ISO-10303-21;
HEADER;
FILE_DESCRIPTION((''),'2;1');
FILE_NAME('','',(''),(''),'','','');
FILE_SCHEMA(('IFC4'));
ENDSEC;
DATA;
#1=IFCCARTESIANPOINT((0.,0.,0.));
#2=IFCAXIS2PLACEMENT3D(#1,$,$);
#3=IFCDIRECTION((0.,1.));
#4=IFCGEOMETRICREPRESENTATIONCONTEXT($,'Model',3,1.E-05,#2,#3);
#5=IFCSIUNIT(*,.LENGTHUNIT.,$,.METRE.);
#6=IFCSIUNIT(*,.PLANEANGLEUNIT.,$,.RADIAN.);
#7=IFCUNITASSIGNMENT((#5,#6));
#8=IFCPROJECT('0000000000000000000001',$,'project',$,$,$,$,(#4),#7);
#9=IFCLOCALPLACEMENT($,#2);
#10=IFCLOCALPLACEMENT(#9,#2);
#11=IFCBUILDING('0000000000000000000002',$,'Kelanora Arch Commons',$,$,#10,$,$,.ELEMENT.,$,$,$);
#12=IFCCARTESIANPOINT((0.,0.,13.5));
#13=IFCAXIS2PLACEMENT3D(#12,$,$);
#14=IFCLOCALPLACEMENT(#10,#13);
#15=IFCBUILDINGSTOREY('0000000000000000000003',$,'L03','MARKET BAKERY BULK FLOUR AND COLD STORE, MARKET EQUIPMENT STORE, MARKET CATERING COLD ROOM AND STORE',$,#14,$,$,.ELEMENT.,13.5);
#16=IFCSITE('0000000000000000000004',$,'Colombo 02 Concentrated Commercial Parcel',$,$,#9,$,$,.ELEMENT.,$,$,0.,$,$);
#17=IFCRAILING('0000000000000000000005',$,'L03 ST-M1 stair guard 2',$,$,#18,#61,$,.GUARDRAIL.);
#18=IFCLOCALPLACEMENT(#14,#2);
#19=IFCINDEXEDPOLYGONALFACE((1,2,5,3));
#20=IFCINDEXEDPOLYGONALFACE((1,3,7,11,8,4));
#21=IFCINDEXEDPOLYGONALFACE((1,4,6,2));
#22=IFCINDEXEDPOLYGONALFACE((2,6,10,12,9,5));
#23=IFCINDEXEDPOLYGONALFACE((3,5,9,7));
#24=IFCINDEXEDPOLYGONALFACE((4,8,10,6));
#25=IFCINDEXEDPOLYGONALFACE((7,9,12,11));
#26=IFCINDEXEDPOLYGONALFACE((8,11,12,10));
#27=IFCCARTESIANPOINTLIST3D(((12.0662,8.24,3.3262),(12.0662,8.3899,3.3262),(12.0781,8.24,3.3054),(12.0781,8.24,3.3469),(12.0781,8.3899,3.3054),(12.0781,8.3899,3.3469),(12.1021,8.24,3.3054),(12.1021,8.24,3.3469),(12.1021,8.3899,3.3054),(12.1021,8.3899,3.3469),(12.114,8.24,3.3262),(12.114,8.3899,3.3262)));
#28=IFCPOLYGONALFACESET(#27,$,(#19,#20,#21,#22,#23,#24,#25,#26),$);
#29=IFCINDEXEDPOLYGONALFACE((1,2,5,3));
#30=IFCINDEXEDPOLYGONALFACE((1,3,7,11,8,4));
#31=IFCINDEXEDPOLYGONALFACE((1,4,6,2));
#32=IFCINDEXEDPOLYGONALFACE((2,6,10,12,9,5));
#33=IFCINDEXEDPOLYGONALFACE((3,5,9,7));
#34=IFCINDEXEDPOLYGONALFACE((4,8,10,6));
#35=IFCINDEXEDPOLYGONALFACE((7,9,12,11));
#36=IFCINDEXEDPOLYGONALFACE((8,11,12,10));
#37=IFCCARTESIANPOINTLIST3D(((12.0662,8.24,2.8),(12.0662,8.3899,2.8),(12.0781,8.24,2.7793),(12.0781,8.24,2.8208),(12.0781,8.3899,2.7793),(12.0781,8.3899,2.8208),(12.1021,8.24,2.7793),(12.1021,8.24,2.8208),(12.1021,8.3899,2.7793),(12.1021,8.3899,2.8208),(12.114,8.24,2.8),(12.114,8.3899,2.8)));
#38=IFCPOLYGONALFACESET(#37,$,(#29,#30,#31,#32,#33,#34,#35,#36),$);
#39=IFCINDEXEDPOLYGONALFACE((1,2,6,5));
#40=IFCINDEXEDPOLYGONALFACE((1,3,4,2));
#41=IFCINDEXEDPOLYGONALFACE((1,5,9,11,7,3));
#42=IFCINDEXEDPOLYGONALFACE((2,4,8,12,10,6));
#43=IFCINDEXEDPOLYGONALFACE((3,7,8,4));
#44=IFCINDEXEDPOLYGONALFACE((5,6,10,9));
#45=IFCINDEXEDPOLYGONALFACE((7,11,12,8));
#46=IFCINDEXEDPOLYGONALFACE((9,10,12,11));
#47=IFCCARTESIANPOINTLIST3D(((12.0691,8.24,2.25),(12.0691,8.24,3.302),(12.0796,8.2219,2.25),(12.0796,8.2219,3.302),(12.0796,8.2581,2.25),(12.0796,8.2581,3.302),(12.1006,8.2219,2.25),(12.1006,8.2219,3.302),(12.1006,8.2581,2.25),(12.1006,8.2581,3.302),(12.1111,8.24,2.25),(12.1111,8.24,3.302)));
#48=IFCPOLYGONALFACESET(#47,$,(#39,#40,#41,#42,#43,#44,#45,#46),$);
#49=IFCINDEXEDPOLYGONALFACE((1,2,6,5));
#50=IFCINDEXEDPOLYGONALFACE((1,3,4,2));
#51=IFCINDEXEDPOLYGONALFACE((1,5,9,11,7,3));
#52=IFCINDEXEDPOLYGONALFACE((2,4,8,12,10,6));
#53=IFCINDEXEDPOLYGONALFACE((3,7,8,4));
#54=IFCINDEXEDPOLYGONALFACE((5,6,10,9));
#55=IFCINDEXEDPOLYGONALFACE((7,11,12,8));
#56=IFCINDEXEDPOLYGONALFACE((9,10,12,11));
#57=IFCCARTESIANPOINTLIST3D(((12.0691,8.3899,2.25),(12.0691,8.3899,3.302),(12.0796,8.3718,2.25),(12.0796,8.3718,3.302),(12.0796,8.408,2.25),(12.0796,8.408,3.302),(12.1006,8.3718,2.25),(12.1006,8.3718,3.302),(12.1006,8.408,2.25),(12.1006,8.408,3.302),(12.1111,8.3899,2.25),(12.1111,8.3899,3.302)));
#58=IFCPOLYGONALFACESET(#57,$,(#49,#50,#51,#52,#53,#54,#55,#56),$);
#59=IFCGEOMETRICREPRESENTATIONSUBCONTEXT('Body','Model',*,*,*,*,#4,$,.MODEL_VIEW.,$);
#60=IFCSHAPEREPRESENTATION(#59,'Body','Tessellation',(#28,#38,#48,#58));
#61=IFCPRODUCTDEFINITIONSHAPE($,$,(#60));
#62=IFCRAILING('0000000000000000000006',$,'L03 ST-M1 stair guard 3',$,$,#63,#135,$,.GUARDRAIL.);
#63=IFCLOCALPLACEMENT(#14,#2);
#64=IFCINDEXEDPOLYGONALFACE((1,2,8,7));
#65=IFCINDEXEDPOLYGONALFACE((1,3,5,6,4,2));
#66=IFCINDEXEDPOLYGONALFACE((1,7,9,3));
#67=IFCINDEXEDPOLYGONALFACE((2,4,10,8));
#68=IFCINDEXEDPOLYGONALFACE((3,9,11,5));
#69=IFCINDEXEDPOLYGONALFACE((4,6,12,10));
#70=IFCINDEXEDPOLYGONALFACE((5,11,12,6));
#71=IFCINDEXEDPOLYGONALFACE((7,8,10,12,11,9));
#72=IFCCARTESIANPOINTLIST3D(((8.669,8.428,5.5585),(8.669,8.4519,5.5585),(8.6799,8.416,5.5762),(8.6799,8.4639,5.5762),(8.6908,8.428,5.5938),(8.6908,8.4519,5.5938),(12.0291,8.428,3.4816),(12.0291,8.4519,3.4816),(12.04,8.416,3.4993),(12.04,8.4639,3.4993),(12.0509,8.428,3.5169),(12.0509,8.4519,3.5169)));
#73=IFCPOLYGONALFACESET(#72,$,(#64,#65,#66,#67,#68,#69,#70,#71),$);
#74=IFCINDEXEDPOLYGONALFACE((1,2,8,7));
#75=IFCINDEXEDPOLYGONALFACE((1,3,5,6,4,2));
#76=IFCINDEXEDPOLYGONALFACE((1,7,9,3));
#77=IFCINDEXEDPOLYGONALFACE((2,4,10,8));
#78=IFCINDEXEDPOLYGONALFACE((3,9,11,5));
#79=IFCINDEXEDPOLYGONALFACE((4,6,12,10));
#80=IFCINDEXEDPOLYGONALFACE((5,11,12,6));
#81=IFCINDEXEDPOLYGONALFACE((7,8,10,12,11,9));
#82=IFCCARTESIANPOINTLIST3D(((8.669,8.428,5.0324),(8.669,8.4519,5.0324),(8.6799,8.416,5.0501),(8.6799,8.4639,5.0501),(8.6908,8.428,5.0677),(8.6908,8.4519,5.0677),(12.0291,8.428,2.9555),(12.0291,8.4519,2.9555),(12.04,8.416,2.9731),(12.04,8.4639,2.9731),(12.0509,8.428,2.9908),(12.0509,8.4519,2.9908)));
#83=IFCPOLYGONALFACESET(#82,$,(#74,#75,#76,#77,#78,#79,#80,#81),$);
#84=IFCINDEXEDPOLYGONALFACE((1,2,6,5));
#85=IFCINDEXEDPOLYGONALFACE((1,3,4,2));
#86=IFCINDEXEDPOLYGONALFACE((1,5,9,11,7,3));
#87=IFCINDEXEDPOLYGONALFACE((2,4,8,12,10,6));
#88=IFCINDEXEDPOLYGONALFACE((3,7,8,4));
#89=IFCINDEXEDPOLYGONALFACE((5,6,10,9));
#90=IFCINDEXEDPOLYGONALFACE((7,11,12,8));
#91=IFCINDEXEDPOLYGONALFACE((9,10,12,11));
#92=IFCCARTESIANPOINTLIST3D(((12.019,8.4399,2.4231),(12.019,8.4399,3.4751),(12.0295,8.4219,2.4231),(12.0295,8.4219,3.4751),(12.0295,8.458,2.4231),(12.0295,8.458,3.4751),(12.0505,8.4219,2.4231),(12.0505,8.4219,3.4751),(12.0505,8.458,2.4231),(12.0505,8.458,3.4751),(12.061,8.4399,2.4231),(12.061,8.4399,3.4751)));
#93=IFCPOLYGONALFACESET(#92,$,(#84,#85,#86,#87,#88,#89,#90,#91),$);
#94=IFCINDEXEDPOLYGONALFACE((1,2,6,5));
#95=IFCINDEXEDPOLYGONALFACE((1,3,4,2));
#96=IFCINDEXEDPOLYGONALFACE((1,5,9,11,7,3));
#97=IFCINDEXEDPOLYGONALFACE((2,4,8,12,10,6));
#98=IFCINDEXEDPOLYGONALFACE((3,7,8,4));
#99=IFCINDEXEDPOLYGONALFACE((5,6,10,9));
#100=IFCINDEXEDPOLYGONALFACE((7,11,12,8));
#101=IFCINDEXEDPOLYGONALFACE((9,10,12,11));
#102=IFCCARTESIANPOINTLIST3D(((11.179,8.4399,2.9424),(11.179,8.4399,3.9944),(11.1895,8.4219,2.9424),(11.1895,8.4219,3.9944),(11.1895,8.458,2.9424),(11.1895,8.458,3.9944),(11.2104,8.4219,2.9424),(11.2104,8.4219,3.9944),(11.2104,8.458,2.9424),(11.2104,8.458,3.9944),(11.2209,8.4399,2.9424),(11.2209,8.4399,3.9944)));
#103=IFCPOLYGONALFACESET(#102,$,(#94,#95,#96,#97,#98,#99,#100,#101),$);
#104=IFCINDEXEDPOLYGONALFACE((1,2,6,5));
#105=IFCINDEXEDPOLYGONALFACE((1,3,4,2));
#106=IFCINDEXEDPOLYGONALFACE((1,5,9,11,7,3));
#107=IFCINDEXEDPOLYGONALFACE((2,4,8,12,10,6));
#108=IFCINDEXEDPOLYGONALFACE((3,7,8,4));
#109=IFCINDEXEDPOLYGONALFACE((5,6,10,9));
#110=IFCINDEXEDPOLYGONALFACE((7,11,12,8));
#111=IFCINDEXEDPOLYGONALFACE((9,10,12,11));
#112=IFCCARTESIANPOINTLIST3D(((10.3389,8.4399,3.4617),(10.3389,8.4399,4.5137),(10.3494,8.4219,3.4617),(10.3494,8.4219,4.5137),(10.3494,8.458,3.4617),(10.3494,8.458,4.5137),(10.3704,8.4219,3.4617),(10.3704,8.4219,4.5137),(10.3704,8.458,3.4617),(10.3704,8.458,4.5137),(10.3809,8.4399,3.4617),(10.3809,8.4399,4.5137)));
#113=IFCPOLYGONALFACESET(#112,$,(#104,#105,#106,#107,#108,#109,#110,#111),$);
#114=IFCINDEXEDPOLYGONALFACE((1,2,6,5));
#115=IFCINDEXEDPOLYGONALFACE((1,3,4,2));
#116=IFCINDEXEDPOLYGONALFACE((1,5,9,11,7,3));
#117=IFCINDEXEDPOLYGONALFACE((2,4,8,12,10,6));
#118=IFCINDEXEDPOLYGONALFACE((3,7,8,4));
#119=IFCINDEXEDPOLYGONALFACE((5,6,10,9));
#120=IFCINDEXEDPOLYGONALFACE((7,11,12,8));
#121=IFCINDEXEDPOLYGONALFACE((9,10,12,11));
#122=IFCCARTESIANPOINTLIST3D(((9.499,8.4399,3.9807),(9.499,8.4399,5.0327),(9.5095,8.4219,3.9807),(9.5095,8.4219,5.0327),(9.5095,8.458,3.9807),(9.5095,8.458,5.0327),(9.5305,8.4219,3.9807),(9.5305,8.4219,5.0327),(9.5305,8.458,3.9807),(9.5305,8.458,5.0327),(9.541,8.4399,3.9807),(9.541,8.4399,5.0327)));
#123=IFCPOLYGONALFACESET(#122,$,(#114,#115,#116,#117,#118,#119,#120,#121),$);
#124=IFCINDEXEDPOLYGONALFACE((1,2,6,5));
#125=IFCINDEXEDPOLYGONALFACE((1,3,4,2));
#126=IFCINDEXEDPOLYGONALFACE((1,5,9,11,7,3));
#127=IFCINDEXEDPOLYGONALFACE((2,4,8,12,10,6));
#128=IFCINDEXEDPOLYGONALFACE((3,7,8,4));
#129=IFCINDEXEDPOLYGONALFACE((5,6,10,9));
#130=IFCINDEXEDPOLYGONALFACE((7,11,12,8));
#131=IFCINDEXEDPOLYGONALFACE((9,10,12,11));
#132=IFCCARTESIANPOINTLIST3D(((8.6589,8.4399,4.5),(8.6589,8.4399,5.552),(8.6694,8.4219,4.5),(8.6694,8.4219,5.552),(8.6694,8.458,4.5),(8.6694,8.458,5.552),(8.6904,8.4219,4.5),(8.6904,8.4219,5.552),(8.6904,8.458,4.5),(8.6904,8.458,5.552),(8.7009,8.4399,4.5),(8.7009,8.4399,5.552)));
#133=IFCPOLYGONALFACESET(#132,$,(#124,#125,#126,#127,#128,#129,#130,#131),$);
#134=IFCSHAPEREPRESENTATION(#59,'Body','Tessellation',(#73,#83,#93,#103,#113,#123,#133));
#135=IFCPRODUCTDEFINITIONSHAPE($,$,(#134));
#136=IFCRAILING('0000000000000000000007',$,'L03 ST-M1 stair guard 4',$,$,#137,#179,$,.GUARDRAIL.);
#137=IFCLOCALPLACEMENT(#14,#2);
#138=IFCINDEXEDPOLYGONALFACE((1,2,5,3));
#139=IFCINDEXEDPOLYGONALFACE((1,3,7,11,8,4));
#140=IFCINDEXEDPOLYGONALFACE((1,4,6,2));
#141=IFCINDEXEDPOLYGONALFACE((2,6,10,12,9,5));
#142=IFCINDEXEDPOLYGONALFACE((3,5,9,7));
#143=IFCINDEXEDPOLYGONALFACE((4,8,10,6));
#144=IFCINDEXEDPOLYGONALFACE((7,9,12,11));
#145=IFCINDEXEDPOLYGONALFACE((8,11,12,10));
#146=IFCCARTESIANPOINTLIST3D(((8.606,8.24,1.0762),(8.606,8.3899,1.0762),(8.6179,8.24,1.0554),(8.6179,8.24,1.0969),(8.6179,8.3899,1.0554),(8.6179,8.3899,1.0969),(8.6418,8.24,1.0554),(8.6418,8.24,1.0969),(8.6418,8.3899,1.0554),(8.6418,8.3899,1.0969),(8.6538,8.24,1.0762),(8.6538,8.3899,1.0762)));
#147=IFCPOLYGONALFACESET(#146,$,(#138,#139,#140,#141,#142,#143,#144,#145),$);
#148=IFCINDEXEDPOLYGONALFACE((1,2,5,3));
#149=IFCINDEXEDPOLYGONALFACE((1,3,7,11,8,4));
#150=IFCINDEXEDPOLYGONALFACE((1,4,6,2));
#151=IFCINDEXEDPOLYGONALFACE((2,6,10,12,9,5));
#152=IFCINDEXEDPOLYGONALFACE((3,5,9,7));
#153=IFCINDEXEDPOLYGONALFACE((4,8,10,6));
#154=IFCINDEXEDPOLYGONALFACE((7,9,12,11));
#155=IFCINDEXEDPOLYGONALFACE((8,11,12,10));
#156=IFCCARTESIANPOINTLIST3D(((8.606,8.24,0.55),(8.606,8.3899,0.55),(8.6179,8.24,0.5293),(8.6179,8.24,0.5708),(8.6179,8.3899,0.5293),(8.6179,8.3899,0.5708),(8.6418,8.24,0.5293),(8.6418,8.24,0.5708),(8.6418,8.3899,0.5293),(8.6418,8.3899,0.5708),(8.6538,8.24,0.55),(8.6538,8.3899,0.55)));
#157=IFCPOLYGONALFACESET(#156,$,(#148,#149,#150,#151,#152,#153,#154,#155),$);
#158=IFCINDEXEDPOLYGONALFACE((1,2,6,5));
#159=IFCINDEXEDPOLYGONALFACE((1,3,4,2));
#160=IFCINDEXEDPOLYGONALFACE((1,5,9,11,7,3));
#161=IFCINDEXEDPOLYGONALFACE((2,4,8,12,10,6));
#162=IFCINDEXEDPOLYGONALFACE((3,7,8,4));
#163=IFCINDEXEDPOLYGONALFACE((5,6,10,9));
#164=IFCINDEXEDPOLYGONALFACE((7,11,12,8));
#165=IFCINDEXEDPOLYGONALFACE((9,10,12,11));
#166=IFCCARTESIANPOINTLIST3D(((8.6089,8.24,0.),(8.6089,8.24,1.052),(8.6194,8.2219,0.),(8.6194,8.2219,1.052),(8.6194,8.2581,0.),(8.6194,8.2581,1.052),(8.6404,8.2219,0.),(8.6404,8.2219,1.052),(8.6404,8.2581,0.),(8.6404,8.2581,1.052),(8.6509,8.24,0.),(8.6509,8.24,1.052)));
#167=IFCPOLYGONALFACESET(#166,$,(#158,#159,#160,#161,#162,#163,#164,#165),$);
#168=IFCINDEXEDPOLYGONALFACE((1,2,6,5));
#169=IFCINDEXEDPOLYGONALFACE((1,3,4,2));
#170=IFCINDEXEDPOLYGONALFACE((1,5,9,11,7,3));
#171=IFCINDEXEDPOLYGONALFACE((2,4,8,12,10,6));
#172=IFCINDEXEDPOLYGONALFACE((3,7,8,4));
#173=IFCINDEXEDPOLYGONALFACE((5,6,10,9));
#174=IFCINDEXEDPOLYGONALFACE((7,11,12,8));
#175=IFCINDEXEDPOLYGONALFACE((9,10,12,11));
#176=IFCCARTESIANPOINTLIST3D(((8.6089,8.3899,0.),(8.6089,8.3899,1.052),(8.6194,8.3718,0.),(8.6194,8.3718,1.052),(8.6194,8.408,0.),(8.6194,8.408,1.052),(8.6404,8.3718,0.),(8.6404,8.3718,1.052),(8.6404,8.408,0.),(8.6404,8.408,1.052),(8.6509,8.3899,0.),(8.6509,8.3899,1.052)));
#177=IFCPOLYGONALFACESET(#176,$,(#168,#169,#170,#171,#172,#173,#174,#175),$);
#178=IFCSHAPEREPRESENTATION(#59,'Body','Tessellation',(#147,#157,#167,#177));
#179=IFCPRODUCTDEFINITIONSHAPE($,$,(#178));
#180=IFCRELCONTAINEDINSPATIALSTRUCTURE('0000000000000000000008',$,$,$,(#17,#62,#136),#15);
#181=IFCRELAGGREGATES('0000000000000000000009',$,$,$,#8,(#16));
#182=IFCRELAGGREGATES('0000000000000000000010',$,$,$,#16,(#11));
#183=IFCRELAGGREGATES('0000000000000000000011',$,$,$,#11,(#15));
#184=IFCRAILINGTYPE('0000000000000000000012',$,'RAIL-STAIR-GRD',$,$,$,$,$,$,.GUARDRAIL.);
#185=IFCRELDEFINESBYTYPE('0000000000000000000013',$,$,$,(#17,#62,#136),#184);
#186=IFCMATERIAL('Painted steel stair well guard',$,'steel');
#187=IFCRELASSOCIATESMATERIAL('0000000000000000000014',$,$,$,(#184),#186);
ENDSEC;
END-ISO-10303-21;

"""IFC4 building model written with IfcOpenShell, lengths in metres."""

from ifc_helpers import new_model, si_unit, direction, frame, origin, place, context, subcontext, project, spatial, polyline, outline, extrude, material, type_object, element, save


model = new_model("IFC4")

# Units and contexts
model_context = context("Model", 3, precision=1e-05, world=origin(), true_north=direction((0.0, 1.0)))
body_context = subcontext(model_context, "Body", "Model", "MODEL_VIEW")
ifc_project = project(units=[si_unit("LENGTHUNIT", "METRE"), si_unit("PLANEANGLEUNIT", "RADIAN")], contexts=[model_context])

# Site, building, storey
site_placement = place(None, origin())
site = spatial("IfcSite", under=ifc_project, at=site_placement, Name="Colombo 02 Concentrated Commercial Parcel", CompositionType="ELEMENT", RefElevation=0.0)
building_placement = place(site_placement, origin())
building = spatial("IfcBuilding", under=site, at=building_placement, Name="Kelanora Arch Commons", CompositionType="ELEMENT")
storey_placement = place(building_placement, frame((0.0, 0.0, 13.5)))
storey = spatial("IfcBuildingStorey", under=building, at=storey_placement, Name="L03", Description="MARKET BAKERY BULK FLOUR AND COLD STORE, MARKET EQUIPMENT STORE, MARKET CATERING COLD ROOM AND STORE", CompositionType="ELEMENT", Elevation=13.5)

# Railings
ifc_material_1 = material(Name="Painted steel stair well guard", Category="steel")
railing_type_1 = type_object("IfcRailingType", Name="RAIL-STAIR-GRD", PredefinedType="GUARDRAIL", material=ifc_material_1)
railing_1_placement = place(storey_placement, frame((12.0901, 8.24, 2.25)))
element("IfcRailing", 1, at=railing_1_placement, inside=storey, type_object=railing_type_1, Name="L03 ST-M1 stair guard 2", PredefinedType="GUARDRAIL", context=body_context, shape_type="SweptSolid", body=[
    extrude(outline(polyline([(0.0239, 0.0), (0.012, 0.0208), (-0.012, 0.0208), (-0.0239, 0.0), (-0.012, -0.0208), (0.012, -0.0208), (0.0239, 0.0)])), frame((0.0, 0.0, 1.0762), z_axis=(0.0, 1.0, 0.0), x_axis=(-1.0, 0.0, 0.0)), (0.0, 0.0, 1.0), 0.1499),
    extrude(outline(polyline([(0.0239, 0.0), (0.012, 0.0208), (-0.012, 0.0208), (-0.0239, 0.0), (-0.012, -0.0208), (0.012, -0.0208), (0.0239, 0.0)])), frame((0.0, 0.0, 0.55), z_axis=(0.0, 1.0, 0.0), x_axis=(-1.0, 0.0, 0.0)), (0.0, 0.0, 1.0), 0.1499),
    extrude(outline(polyline([(0.021, 0.0), (0.0105, 0.0181), (-0.0105, 0.0181), (-0.021, 0.0), (-0.0105, -0.0181), (0.0105, -0.0181), (0.021, 0.0)])), origin(), (0.0, 0.0, 1.0), 1.052),
    extrude(outline(polyline([(0.021, 0.0), (0.0105, 0.0181), (-0.0105, 0.0181), (-0.021, 0.0), (-0.0105, -0.0181), (0.0105, -0.0181), (0.021, 0.0)])), frame((0.0, 0.1499, 0.0)), (0.0, 0.0, 1.0), 1.052),
])
railing_2_placement = place(storey_placement, frame((12.04, 8.4399, 2.4231)))
element("IfcRailing", 2, at=railing_2_placement, inside=storey, type_object=railing_type_1, Name="L03 ST-M1 stair guard 3", PredefinedType="GUARDRAIL", context=body_context, shape_type="SweptSolid", body=[
    extrude(outline(polyline([(0.0239, 0.0), (0.012, 0.0208), (-0.012, 0.0208), (-0.0239, 0.0), (-0.012, -0.0208), (0.012, -0.0208), (0.0239, 0.0)])), frame((0.0, 0.0, 1.0762), z_axis=(-0.850623, 0.0, 0.525776), x_axis=(0.0, -1.0, 0.0)), (0.0, 0.0, 1.0), 3.9502),
    extrude(outline(polyline([(0.0239, 0.0), (0.012, 0.0208), (-0.012, 0.0208), (-0.0239, 0.0), (-0.012, -0.0208), (0.012, -0.0208), (0.0239, 0.0)])), frame((0.0, 0.0, 0.55), z_axis=(-0.850623, 0.0, 0.525776), x_axis=(0.0, -1.0, 0.0)), (0.0, 0.0, 1.0), 3.9502),
    extrude(outline(polyline([(0.021, 0.0), (0.0105, 0.0181), (-0.0105, 0.0181), (-0.021, 0.0), (-0.0105, -0.0181), (0.0105, -0.0181), (0.021, 0.0)])), origin(), (0.0, 0.0, 1.0), 1.052),
    extrude(outline(polyline([(0.021, 0.0), (0.0105, 0.0181), (-0.0105, 0.0181), (-0.021, 0.0), (-0.0105, -0.0181), (0.0105, -0.0181), (0.021, 0.0)])), frame((-0.8401, 0.0, 0.5193)), (0.0, 0.0, 1.0), 1.052),
    extrude(outline(polyline([(0.021, 0.0), (0.0105, 0.0181), (-0.0105, 0.0181), (-0.021, 0.0), (-0.0105, -0.0181), (0.0105, -0.0181), (0.021, 0.0)])), frame((-1.6802, 0.0, 1.0386)), (0.0, 0.0, 1.0), 1.052),
    extrude(outline(polyline([(0.021, 0.0), (0.0105, 0.0181), (-0.0105, 0.0181), (-0.021, 0.0), (-0.0105, -0.0181), (0.0105, -0.0181), (0.021, 0.0)])), frame((-2.52, 0.0, 1.5576)), (0.0, 0.0, 1.0), 1.052),
    extrude(outline(polyline([(0.021, 0.0), (0.0105, 0.0181), (-0.0105, 0.0181), (-0.021, 0.0), (-0.0105, -0.0181), (0.0105, -0.0181), (0.021, 0.0)])), frame((-3.3601, 0.0, 2.0769)), (0.0, 0.0, 1.0), 1.052),
])
railing_3_placement = place(storey_placement, frame((8.6299, 8.24, 0.0)))
element("IfcRailing", 3, at=railing_3_placement, inside=storey, type_object=railing_type_1, Name="L03 ST-M1 stair guard 4", PredefinedType="GUARDRAIL", context=body_context, shape_type="SweptSolid", body=[
    extrude(outline(polyline([(0.0239, 0.0), (0.012, 0.0208), (-0.012, 0.0208), (-0.0239, 0.0), (-0.012, -0.0208), (0.012, -0.0208), (0.0239, 0.0)])), frame((0.0, 0.0, 1.0762), z_axis=(0.0, 1.0, 0.0), x_axis=(-1.0, 0.0, 0.0)), (0.0, 0.0, 1.0), 0.1499),
    extrude(outline(polyline([(0.0239, 0.0), (0.012, 0.0208), (-0.012, 0.0208), (-0.0239, 0.0), (-0.012, -0.0208), (0.012, -0.0208), (0.0239, 0.0)])), frame((0.0, 0.0, 0.55), z_axis=(0.0, 1.0, 0.0), x_axis=(-1.0, 0.0, 0.0)), (0.0, 0.0, 1.0), 0.1499),
    extrude(outline(polyline([(0.021, 0.0), (0.0105, 0.0181), (-0.0105, 0.0181), (-0.021, 0.0), (-0.0105, -0.0181), (0.0105, -0.0181), (0.021, 0.0)])), origin(), (0.0, 0.0, 1.0), 1.052),
    extrude(outline(polyline([(0.021, 0.0), (0.0105, 0.0181), (-0.0105, 0.0181), (-0.021, 0.0), (-0.0105, -0.0181), (0.0105, -0.0181), (0.021, 0.0)])), frame((0.0, 0.1499, 0.0)), (0.0, 0.0, 1.0), 1.052),
])

save(model, "model.ifc")
